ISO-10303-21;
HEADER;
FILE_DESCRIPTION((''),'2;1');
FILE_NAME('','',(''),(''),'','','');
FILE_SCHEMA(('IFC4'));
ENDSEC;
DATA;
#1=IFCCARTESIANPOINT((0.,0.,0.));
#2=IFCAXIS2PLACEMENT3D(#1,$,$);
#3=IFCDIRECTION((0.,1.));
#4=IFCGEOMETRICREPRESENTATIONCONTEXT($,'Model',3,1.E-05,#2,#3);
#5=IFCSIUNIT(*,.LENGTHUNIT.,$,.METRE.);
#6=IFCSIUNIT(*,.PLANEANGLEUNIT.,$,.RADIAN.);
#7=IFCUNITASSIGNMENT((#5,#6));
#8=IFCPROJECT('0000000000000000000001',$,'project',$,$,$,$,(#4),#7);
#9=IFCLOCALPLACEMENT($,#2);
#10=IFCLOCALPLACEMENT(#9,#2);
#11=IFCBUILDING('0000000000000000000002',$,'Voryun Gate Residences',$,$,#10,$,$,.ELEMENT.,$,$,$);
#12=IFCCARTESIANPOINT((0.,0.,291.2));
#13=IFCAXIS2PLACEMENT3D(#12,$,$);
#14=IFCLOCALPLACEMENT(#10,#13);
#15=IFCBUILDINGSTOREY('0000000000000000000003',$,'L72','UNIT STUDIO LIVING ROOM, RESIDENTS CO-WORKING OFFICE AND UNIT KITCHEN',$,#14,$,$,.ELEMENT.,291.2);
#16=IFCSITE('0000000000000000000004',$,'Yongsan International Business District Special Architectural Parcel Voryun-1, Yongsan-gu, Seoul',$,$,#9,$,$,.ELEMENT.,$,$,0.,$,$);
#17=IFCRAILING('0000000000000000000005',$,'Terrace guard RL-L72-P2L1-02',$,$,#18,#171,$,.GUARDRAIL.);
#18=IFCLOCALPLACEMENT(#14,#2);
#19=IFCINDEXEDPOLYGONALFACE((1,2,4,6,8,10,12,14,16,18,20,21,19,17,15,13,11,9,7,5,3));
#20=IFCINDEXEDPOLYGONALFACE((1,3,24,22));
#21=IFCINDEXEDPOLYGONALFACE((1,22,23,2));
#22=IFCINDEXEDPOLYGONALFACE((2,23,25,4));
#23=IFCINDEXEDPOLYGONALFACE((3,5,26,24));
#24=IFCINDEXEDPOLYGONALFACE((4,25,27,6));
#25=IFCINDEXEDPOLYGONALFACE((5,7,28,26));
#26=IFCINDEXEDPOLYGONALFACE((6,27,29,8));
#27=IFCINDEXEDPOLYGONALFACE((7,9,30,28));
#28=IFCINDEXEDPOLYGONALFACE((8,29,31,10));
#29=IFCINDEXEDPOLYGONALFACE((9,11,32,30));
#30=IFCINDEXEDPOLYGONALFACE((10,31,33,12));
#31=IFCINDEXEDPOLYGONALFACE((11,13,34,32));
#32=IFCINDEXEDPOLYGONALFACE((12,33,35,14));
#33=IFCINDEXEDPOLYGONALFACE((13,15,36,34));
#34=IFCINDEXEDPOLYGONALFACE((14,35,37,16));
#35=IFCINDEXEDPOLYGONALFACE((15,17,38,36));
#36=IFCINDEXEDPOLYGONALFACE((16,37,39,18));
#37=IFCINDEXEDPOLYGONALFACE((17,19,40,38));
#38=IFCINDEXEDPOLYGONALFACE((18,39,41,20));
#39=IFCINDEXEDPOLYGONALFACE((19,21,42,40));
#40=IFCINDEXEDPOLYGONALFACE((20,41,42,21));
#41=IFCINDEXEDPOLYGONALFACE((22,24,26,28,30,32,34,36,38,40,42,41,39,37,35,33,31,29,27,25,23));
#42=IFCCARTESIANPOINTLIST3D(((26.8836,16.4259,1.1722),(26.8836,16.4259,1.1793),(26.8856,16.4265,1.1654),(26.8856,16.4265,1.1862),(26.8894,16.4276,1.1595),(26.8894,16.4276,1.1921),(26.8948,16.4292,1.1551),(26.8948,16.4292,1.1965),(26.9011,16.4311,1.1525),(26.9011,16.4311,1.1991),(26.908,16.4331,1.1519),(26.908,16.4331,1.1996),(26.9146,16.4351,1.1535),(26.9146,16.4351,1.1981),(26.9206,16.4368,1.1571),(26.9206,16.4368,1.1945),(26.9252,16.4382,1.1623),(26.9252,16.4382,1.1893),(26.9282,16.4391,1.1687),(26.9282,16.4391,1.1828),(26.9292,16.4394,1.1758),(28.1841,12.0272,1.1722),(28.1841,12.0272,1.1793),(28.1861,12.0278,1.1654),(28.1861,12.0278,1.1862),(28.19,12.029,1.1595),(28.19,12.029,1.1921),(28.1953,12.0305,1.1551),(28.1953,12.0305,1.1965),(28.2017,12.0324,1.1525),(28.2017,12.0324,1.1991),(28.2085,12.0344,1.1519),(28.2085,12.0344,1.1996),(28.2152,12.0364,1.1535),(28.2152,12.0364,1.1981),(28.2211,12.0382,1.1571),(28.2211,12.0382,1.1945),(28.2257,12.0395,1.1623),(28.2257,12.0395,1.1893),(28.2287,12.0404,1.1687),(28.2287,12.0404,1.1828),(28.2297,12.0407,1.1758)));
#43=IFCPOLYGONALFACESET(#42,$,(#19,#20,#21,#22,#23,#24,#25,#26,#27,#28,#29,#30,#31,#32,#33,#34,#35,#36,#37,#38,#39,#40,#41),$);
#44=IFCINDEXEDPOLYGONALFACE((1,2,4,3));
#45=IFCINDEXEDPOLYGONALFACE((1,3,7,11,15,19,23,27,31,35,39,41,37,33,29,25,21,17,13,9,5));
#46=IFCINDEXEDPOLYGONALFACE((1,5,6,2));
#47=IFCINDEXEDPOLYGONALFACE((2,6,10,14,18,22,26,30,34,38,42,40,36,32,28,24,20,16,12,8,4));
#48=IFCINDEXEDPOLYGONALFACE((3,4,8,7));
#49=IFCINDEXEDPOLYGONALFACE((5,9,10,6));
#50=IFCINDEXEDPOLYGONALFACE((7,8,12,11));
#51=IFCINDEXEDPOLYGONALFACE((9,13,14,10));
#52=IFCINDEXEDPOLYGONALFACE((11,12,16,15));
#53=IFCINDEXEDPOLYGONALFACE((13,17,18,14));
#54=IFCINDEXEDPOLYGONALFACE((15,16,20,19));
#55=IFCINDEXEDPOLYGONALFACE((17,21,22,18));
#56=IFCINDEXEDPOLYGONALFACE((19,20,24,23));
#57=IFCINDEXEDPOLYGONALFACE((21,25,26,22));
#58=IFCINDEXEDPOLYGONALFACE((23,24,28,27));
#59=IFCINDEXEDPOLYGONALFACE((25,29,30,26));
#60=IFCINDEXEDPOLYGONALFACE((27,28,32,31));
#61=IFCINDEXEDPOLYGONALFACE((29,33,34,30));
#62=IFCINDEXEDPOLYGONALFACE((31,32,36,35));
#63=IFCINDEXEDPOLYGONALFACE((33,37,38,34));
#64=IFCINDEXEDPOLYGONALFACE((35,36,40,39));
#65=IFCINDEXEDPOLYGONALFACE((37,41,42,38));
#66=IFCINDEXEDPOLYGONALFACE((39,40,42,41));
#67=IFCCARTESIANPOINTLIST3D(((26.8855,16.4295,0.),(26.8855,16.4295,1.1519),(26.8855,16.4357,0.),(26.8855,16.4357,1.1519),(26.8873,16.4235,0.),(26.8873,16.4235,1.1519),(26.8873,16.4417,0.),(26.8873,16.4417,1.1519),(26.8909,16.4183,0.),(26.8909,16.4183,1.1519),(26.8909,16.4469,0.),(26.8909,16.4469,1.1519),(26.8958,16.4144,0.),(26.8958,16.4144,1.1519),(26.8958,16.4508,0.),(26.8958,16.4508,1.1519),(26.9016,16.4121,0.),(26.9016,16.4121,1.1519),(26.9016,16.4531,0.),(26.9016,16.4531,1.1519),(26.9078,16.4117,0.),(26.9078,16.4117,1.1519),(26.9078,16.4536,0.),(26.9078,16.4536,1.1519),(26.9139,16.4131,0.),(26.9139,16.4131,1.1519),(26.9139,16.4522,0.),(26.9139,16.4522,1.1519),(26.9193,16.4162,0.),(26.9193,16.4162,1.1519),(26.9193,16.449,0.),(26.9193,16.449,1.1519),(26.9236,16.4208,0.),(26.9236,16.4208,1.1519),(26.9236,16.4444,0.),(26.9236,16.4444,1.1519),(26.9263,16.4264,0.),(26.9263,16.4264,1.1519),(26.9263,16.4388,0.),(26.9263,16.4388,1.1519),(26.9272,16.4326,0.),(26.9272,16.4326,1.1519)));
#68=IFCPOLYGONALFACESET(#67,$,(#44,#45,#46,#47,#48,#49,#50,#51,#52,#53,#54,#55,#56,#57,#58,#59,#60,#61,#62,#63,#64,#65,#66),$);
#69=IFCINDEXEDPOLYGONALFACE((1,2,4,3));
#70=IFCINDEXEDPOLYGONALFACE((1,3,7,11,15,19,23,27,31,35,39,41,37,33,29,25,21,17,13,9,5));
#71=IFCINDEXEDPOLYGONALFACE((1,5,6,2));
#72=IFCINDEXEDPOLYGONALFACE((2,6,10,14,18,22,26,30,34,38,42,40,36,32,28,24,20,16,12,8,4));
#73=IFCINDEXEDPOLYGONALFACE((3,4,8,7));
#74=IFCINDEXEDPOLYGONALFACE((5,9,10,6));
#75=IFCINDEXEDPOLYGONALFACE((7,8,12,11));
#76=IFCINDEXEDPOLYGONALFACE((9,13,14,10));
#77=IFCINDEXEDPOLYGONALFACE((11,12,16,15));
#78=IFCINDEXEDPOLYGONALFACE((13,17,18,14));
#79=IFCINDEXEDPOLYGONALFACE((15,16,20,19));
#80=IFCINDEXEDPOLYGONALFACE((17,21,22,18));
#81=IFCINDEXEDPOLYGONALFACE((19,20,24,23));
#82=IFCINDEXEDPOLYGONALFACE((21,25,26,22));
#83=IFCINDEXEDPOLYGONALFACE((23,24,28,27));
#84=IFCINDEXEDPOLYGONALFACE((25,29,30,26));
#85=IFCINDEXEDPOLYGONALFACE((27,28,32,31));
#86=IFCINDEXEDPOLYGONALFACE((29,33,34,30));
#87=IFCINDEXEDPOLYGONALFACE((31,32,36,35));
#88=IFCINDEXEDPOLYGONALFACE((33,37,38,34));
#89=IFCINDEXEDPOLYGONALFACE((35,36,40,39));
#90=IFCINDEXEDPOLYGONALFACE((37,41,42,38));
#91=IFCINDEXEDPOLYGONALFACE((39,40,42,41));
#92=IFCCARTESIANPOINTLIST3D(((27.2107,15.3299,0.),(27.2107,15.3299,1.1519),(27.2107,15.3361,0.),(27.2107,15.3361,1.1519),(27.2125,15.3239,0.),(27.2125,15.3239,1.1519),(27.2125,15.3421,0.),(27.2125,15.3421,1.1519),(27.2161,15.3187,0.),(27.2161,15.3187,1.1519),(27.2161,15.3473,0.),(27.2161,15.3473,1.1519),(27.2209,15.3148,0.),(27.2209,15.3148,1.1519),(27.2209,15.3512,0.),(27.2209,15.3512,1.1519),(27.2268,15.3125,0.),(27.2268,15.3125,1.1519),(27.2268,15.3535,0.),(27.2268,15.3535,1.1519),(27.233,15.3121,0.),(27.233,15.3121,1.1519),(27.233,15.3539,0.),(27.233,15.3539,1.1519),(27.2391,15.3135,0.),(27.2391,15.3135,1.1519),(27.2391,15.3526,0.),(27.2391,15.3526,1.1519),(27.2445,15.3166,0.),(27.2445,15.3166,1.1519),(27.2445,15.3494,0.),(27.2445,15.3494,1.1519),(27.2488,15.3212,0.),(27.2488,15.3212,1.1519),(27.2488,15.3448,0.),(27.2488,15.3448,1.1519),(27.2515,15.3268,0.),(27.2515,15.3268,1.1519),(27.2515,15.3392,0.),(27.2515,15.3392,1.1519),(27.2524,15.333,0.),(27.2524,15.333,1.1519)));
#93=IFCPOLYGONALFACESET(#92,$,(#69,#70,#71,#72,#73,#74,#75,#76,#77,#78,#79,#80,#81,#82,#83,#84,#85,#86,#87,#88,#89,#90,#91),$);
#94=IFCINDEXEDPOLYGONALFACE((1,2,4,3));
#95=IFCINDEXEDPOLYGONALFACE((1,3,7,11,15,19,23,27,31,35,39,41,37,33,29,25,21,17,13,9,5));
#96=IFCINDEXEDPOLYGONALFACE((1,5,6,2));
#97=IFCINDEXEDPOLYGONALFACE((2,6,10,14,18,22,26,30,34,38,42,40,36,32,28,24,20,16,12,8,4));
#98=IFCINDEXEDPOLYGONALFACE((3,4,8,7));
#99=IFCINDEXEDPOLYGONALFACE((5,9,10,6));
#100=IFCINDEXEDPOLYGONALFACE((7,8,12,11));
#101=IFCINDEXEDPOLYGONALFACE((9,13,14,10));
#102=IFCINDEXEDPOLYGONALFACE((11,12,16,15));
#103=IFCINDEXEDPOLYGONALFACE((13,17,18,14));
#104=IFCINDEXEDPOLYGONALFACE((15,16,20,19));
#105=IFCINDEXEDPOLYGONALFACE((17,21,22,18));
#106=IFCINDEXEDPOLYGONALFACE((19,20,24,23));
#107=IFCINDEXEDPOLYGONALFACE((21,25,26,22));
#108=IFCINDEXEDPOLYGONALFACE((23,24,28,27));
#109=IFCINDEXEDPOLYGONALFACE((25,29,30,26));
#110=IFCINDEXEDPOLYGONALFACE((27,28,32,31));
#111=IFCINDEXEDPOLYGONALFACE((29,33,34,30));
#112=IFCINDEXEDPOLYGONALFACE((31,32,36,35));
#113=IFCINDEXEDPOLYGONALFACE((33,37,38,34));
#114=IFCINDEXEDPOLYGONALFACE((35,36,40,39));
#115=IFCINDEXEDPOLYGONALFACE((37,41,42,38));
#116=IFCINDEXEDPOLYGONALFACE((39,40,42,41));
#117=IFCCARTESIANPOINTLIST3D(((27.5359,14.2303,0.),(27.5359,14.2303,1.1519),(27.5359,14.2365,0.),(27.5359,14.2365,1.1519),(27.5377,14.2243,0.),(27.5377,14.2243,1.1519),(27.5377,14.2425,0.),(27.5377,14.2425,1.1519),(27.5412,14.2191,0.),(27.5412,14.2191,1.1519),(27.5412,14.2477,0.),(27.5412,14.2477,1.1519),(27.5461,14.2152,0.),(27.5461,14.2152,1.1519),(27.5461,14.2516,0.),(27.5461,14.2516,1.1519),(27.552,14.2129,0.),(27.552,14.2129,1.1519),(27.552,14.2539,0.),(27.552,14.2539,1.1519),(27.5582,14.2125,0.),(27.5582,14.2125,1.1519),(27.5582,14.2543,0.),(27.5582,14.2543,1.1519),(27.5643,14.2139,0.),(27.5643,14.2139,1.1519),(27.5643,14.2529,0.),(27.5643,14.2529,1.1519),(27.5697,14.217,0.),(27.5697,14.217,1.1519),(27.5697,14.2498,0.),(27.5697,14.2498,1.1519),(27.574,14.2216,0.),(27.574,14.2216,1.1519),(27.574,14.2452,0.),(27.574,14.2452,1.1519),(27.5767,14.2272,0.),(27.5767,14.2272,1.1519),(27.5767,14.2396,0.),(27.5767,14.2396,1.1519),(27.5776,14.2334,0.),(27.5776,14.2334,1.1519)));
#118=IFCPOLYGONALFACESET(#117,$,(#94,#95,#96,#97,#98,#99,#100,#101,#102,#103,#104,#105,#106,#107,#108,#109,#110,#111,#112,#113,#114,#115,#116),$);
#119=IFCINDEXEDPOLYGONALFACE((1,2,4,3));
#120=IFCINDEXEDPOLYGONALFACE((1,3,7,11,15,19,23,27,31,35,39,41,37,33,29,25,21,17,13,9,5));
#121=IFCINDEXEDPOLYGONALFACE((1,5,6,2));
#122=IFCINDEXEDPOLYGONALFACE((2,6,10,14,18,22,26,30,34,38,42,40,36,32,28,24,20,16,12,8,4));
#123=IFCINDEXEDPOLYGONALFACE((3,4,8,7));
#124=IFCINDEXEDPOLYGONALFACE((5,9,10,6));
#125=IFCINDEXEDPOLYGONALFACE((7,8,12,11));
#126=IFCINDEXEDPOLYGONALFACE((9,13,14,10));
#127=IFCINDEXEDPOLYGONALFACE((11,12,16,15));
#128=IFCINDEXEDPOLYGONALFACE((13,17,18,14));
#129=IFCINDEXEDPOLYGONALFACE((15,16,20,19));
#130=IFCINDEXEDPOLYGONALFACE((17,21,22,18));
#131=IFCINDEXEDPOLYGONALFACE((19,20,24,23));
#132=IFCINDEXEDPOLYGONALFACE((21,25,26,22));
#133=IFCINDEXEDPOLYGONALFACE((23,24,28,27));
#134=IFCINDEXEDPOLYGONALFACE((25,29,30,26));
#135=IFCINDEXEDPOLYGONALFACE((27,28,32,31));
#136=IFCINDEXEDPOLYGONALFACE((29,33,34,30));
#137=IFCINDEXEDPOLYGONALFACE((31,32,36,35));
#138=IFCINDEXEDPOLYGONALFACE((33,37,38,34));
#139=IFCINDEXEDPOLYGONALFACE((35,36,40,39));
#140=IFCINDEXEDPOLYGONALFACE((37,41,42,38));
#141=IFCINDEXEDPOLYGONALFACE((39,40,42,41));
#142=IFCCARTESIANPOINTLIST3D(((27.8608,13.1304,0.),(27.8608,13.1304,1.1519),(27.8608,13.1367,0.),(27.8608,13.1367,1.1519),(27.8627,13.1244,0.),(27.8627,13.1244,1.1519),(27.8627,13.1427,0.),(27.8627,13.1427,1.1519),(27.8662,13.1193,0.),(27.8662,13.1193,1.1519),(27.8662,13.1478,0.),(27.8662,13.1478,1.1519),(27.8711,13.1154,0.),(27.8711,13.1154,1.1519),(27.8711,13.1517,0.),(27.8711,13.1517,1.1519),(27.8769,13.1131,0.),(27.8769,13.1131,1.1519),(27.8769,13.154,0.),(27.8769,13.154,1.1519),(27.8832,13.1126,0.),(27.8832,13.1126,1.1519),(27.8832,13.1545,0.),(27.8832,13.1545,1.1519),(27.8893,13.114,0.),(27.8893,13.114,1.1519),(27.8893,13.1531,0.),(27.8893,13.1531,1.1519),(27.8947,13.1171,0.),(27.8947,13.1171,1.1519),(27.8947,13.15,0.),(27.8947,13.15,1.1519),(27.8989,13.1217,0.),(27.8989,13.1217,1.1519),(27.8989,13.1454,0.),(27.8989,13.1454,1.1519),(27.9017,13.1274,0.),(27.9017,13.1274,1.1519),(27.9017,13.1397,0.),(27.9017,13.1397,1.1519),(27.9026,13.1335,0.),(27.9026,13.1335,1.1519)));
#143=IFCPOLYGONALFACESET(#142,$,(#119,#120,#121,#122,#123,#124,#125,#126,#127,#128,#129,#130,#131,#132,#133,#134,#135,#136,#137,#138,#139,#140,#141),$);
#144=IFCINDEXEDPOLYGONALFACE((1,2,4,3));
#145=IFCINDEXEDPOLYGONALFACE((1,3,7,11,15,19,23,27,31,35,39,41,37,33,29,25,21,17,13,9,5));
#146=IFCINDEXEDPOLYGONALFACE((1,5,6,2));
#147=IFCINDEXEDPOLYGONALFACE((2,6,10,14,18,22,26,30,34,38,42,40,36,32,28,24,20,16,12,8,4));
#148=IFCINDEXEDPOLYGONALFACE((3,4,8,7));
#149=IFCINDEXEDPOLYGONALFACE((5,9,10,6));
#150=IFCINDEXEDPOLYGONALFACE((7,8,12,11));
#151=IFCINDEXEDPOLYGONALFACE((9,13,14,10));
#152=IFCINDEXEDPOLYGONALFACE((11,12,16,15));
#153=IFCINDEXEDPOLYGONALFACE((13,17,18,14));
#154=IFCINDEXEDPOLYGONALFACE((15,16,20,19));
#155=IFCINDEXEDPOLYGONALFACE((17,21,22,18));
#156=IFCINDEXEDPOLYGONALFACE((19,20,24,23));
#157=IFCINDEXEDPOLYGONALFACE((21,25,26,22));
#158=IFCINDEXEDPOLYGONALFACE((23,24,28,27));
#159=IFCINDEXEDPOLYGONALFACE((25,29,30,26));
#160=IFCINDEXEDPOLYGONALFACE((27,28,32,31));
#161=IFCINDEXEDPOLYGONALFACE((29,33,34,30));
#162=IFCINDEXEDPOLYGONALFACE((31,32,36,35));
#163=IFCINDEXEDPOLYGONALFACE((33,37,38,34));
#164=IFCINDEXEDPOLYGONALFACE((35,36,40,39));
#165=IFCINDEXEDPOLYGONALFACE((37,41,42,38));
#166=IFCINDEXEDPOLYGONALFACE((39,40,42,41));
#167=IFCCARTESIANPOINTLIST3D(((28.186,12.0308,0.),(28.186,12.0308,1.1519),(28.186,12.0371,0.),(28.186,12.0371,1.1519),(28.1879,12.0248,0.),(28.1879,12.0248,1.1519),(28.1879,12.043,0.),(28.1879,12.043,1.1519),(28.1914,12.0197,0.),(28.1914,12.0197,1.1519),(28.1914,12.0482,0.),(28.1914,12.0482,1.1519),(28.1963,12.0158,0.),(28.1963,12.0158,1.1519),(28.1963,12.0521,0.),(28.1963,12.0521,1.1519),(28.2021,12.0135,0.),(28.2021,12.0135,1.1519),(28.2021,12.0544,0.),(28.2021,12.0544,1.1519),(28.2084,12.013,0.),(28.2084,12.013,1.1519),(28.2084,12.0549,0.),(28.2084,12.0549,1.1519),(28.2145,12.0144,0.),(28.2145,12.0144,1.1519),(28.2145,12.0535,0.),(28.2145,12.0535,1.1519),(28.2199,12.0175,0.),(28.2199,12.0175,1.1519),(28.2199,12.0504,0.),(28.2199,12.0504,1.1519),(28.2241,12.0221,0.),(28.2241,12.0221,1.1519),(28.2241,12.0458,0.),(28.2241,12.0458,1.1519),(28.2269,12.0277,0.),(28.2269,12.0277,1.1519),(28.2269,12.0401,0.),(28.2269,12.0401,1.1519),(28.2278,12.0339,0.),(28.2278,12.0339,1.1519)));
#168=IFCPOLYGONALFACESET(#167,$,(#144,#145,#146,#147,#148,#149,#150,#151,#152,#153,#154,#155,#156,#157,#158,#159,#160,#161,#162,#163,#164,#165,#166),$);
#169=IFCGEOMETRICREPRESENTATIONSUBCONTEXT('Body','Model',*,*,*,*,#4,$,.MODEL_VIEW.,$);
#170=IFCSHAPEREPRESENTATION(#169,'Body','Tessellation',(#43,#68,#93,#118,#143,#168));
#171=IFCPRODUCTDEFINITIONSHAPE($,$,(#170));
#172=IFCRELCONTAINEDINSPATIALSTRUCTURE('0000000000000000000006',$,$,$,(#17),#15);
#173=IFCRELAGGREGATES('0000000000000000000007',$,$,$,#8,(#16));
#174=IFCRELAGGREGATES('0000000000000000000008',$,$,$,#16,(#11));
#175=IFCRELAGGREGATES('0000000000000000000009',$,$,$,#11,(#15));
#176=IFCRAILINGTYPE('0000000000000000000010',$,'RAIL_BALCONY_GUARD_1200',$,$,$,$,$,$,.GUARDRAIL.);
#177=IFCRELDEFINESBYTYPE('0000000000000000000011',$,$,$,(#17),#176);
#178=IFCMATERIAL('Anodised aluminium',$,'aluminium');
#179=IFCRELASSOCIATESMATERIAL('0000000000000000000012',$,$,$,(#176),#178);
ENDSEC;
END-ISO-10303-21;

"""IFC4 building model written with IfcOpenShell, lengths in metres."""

from ifc_helpers import new_model, si_unit, direction, frame, origin, origin_2d, place, context, subcontext, project, spatial, circle, extrude, material, type_object, element, save


model = new_model("IFC4")

# Units and contexts
model_context = context("Model", 3, precision=1e-05, world=origin(), true_north=direction((0.0, 1.0)))
body_context = subcontext(model_context, "Body", "Model", "MODEL_VIEW")
ifc_project = project(units=[si_unit("LENGTHUNIT", "METRE"), si_unit("PLANEANGLEUNIT", "RADIAN")], contexts=[model_context])

# Site, building, storey
site_placement = place(None, origin())
site = spatial("IfcSite", under=ifc_project, at=site_placement, Name="Yongsan International Business District Special Architectural Parcel Voryun-1, Yongsan-gu, Seoul", CompositionType="ELEMENT", RefElevation=0.0)
building_placement = place(site_placement, origin())
building = spatial("IfcBuilding", under=site, at=building_placement, Name="Voryun Gate Residences", CompositionType="ELEMENT")
storey_placement = place(building_placement, frame((0.0, 0.0, 291.2)))
storey = spatial("IfcBuildingStorey", under=building, at=storey_placement, Name="L72", Description="UNIT STUDIO LIVING ROOM, RESIDENTS CO-WORKING OFFICE AND UNIT KITCHEN", CompositionType="ELEMENT", Elevation=291.2)

# Railing
ifc_material_1 = material(Name="Anodised aluminium", Category="aluminium")
railing_type = type_object("IfcRailingType", Name="RAIL_BALCONY_GUARD_1200", PredefinedType="GUARDRAIL", material=ifc_material_1)
railing_1_placement = place(storey_placement, frame((26.9062, 16.4326, 0.0)))
element("IfcRailing", 1, at=railing_1_placement, inside=storey, type_object=railing_type, Name="Terrace guard RL-L72-P2L1-02", PredefinedType="GUARDRAIL", context=body_context, shape_type="SweptSolid", body=[
    extrude(circle(Radius=0.0239, at=origin_2d()), frame((0.0, 0.0, 1.1758), z_axis=(0.283532, -0.958963, 0.0), x_axis=(0.958963, 0.283532, 0.0)), (0.0, 0.0, 1.0), 4.5869),
    extrude(circle(Radius=0.021, at=origin_2d()), origin(), (0.0, 0.0, 1.0), 1.1519),
    extrude(circle(Radius=0.021, at=origin_2d()), frame((0.3252, -1.0996, 0.0)), (0.0, 0.0, 1.0), 1.1519),
    extrude(circle(Radius=0.021, at=origin_2d()), frame((0.6504, -2.1992, 0.0)), (0.0, 0.0, 1.0), 1.1519),
    extrude(circle(Radius=0.021, at=origin_2d()), frame((0.9753, -3.2991, 0.0)), (0.0, 0.0, 1.0), 1.1519),
    extrude(circle(Radius=0.021, at=origin_2d()), frame((1.3005, -4.3987, 0.0)), (0.0, 0.0, 1.0), 1.1519),
])

save(model, "model.ifc")
